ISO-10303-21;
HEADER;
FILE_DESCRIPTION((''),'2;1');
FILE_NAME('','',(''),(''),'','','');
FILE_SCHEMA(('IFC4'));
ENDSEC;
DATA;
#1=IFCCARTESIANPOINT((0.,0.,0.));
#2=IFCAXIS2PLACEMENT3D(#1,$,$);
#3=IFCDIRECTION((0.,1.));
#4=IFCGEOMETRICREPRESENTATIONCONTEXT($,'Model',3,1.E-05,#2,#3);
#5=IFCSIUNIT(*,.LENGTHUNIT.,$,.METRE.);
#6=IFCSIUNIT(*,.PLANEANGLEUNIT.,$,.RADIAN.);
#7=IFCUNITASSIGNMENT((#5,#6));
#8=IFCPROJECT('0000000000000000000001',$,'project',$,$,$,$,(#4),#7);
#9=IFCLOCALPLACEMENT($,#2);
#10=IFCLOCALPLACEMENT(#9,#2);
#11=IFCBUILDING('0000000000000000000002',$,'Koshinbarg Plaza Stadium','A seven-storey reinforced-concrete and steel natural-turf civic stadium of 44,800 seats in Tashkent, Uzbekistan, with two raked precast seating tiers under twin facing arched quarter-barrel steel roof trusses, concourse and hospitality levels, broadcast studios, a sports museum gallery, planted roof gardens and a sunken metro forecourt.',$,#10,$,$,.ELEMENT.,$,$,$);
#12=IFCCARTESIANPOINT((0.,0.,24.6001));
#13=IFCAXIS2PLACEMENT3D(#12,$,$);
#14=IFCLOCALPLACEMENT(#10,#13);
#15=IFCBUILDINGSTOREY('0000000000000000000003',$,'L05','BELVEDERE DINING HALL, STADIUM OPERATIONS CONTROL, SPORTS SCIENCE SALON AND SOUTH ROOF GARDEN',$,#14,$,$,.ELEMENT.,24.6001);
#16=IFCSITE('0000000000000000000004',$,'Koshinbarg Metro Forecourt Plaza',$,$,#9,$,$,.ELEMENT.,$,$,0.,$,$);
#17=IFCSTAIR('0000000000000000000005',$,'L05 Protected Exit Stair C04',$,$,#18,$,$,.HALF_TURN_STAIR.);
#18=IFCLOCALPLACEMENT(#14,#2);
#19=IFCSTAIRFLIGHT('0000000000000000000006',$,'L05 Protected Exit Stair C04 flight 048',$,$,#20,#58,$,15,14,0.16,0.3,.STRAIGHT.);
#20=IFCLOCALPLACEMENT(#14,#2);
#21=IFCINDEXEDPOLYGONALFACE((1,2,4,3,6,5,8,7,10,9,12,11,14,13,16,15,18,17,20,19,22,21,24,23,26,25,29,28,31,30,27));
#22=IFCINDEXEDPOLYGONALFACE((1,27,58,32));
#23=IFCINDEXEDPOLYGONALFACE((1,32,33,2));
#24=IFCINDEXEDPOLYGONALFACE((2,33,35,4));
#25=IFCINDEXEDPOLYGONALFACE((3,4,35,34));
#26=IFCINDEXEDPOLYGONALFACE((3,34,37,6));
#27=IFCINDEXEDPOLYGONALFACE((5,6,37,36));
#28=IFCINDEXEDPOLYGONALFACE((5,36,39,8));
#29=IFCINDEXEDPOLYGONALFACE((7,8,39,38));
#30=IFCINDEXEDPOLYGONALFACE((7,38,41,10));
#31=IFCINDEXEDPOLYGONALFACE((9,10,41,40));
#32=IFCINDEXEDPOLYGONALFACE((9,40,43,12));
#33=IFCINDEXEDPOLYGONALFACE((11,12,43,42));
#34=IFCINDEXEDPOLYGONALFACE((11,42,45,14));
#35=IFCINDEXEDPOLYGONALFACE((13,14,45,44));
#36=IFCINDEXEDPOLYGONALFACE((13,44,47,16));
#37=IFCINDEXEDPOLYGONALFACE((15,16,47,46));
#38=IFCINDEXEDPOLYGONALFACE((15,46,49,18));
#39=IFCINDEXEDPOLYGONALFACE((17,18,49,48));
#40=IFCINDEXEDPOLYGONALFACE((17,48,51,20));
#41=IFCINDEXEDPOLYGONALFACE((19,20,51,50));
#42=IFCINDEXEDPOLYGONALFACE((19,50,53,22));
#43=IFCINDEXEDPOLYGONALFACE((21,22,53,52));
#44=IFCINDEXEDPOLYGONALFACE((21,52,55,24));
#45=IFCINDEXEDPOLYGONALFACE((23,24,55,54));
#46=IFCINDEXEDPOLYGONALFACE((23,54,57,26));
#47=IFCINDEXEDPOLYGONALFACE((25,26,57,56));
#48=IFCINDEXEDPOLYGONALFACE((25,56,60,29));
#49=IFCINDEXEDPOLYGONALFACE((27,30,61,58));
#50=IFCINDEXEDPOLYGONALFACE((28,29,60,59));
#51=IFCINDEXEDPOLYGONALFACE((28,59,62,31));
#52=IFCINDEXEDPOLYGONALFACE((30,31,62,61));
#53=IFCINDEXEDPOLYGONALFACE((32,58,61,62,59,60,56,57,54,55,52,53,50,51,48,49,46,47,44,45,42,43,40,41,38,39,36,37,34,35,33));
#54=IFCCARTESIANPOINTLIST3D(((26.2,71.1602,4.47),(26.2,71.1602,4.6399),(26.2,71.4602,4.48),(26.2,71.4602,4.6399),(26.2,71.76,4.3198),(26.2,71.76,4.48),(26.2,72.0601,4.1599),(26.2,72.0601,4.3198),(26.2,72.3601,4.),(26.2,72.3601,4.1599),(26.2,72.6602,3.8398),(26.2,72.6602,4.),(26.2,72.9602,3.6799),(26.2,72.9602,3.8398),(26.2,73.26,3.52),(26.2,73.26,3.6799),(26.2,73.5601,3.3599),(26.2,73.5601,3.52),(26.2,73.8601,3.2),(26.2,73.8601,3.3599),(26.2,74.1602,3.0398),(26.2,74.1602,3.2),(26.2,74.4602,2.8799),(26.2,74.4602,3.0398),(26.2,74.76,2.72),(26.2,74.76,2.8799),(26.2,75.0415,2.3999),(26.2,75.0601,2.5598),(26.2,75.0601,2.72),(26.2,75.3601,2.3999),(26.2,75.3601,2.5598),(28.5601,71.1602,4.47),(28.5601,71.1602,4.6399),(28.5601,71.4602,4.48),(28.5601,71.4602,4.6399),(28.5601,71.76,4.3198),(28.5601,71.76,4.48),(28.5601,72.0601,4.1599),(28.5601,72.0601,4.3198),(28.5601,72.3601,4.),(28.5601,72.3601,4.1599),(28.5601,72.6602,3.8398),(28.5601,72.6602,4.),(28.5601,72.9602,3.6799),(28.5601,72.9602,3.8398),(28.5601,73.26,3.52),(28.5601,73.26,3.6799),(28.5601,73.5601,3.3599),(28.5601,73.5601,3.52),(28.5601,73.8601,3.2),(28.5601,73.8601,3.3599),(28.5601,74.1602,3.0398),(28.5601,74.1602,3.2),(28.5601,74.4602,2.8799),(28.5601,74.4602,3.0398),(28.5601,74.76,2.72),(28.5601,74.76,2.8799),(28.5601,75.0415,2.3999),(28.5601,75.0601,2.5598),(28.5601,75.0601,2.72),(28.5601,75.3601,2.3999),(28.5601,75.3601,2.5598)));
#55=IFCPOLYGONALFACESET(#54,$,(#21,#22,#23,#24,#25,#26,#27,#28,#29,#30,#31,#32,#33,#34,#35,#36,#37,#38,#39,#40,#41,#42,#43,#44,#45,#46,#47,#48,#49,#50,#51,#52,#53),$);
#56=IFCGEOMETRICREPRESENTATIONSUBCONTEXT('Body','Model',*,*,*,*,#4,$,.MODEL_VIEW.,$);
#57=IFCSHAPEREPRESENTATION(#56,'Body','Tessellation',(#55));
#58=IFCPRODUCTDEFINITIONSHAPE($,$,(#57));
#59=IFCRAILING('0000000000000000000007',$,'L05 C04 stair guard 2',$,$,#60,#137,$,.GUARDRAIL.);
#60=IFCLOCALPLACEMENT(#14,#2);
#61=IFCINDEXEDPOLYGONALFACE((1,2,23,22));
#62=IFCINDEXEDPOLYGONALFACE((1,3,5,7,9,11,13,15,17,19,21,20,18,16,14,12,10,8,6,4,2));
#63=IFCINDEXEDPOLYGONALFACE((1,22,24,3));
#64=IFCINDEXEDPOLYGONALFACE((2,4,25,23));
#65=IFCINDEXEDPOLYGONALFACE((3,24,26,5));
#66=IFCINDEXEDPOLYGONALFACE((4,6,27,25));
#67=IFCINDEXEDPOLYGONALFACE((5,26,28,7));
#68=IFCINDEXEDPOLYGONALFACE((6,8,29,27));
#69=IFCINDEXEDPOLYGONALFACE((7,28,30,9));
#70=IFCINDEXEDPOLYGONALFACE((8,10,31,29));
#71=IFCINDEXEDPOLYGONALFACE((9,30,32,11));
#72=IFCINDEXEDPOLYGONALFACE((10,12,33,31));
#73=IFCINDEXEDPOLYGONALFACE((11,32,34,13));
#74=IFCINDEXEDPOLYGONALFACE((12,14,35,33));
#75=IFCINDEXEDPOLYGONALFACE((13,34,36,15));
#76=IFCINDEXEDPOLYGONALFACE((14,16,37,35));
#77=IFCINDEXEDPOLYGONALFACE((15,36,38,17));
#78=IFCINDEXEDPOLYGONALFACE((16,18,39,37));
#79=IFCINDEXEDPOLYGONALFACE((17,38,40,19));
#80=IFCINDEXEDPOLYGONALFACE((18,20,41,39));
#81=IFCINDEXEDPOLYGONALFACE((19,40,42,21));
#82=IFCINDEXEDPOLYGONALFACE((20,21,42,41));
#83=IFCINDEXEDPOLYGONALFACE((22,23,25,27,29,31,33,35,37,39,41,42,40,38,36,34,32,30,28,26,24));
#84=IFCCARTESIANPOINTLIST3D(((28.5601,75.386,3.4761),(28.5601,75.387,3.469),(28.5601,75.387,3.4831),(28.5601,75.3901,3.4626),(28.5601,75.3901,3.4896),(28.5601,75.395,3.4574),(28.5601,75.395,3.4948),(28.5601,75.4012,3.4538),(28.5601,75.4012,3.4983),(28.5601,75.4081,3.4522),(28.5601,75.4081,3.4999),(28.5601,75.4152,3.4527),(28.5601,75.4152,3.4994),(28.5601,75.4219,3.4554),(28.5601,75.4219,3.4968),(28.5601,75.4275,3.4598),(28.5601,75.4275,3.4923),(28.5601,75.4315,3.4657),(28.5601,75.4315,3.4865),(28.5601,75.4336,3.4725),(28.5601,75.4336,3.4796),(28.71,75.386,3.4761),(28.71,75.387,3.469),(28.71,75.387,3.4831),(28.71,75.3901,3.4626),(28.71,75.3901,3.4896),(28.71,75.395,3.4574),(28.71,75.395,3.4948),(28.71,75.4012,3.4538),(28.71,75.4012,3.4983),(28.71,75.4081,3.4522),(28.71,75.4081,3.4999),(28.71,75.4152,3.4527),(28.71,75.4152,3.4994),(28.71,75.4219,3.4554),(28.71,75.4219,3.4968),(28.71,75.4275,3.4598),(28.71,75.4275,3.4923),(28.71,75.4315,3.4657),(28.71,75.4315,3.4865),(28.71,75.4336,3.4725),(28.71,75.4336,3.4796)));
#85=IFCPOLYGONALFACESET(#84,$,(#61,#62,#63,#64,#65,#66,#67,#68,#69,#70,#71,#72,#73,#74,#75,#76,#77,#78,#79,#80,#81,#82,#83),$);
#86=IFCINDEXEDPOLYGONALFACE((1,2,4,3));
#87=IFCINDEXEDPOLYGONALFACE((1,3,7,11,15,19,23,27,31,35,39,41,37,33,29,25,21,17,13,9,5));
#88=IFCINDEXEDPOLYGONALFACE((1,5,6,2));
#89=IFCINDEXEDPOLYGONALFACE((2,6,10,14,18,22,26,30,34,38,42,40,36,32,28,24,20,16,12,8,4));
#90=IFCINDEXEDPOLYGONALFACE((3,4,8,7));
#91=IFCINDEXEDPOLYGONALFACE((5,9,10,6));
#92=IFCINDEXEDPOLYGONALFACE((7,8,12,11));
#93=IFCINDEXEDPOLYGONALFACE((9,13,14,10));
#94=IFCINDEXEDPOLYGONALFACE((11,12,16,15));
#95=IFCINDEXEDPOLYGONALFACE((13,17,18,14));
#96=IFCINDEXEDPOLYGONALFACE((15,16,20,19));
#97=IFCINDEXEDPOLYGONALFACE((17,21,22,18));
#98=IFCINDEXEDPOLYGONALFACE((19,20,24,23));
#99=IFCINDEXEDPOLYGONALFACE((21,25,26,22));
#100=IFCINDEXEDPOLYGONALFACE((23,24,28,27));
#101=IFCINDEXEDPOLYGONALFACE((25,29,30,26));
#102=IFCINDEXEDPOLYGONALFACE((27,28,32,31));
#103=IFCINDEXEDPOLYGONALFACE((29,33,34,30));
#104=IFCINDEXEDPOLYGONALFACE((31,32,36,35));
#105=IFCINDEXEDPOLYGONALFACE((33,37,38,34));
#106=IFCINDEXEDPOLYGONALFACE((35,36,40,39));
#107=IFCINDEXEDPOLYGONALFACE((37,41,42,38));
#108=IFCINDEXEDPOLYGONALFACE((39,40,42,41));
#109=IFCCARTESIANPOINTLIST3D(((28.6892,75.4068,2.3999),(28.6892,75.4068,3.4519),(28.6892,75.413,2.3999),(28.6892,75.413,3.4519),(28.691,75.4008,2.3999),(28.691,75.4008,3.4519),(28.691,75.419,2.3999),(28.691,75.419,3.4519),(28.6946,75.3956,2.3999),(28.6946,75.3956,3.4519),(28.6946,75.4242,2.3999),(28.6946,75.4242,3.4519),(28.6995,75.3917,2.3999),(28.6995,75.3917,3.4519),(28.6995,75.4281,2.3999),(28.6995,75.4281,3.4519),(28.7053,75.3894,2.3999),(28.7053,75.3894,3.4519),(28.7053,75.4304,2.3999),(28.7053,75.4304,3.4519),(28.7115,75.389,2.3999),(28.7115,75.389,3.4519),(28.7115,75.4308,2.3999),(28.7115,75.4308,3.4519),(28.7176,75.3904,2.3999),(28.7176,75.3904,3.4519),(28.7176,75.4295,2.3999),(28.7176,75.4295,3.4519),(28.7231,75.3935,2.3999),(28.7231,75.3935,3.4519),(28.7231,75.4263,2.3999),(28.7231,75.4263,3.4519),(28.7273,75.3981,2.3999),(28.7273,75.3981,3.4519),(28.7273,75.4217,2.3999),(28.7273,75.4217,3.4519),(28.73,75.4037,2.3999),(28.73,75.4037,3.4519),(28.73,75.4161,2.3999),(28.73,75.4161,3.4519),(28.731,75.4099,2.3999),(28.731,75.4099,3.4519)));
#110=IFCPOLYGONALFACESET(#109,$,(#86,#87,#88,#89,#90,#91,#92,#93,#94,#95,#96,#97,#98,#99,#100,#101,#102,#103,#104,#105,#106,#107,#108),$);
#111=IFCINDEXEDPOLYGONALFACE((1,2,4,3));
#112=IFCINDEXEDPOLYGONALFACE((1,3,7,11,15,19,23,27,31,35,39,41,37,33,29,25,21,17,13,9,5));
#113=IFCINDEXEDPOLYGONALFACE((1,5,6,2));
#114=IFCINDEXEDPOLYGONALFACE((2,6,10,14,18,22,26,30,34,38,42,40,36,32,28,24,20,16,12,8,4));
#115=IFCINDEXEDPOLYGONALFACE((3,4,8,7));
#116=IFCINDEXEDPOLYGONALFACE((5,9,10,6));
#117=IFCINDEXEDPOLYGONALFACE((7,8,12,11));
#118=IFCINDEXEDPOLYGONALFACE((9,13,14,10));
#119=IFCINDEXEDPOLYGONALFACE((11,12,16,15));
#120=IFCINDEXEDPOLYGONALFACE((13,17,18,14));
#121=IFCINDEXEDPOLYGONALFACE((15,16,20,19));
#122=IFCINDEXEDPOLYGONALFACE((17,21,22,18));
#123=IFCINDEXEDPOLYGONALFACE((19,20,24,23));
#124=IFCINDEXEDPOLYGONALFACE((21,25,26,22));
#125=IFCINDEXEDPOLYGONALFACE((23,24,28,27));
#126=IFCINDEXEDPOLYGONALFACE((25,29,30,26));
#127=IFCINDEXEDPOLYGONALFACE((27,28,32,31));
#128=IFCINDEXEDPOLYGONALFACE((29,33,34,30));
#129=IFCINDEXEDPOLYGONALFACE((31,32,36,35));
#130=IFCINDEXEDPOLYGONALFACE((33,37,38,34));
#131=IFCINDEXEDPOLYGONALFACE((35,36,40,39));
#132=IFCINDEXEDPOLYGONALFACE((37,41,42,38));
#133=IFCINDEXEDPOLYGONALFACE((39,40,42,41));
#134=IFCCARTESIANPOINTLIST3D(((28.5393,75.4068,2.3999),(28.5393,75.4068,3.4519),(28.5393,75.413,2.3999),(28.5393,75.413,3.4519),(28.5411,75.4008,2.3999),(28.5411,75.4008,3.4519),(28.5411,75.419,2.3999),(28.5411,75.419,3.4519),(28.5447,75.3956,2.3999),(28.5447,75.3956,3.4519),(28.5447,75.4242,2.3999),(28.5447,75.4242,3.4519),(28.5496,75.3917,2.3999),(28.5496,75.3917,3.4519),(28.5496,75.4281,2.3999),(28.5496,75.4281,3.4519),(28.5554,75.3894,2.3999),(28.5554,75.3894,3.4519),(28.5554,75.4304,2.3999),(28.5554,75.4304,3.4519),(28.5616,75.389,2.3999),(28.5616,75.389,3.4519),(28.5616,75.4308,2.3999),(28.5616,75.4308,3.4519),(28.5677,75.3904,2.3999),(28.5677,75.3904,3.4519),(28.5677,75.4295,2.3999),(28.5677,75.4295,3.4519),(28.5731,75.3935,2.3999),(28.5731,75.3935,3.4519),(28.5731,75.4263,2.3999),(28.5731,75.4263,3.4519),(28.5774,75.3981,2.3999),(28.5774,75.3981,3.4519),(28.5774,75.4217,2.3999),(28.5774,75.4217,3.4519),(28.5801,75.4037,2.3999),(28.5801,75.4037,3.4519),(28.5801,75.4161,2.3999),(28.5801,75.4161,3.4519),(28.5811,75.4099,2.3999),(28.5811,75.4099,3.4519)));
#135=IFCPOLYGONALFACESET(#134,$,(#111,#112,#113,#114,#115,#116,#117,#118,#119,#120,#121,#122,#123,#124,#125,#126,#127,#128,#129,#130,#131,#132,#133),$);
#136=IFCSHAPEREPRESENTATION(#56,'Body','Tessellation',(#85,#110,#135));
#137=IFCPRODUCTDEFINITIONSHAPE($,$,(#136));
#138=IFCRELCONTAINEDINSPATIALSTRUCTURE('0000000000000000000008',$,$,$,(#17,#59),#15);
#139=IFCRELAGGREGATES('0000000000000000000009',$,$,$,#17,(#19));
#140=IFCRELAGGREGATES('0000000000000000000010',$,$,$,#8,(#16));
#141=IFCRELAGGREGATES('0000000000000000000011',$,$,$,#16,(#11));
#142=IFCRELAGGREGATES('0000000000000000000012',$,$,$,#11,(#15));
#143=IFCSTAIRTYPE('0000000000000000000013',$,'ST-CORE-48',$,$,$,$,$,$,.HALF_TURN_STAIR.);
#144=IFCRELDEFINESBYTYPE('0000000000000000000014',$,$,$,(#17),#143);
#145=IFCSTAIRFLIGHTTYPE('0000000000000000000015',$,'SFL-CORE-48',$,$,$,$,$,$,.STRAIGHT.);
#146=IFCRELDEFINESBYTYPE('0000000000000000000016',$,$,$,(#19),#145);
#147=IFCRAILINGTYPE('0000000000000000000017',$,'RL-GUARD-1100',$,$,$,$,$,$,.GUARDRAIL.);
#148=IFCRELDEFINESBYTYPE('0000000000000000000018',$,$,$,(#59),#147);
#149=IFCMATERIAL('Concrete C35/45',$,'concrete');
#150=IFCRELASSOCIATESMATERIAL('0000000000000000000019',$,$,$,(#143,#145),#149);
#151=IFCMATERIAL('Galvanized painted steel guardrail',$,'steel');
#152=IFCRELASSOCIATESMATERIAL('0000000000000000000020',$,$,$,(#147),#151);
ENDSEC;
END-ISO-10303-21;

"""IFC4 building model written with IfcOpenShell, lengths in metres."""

from ifc_helpers import new_model, si_unit, direction, frame, origin, origin_2d, place, context, subcontext, project, spatial, polyline, circle, outline, extrude, material, type_object, element, aggregate, save


model = new_model("IFC4")

# Units and contexts
model_context = context("Model", 3, precision=1e-05, world=origin(), true_north=direction((0.0, 1.0)))
body_context = subcontext(model_context, "Body", "Model", "MODEL_VIEW")
ifc_project = project(units=[si_unit("LENGTHUNIT", "METRE"), si_unit("PLANEANGLEUNIT", "RADIAN")], contexts=[model_context])

# Site, building, storey
site_placement = place(None, origin())
site = spatial("IfcSite", under=ifc_project, at=site_placement, Name="Koshinbarg Metro Forecourt Plaza", CompositionType="ELEMENT", RefElevation=0.0)
building_placement = place(site_placement, origin())
building = spatial("IfcBuilding", under=site, at=building_placement, Name="Koshinbarg Plaza Stadium", Description="A seven-storey reinforced-concrete and steel natural-turf civic stadium of 44,800 seats in Tashkent, Uzbekistan, with two raked precast seating tiers under twin facing arched quarter-barrel steel roof trusses, concourse and hospitality levels, broadcast studios, a sports museum gallery, planted roof gardens and a sunken metro forecourt.", CompositionType="ELEMENT")
storey_placement = place(building_placement, frame((0.0, 0.0, 24.6001)))
storey = spatial("IfcBuildingStorey", under=building, at=storey_placement, Name="L05", Description="BELVEDERE DINING HALL, STADIUM OPERATIONS CONTROL, SPORTS SCIENCE SALON AND SOUTH ROOF GARDEN", CompositionType="ELEMENT", Elevation=24.6001)

# Stair, stair flight
ifc_material_1 = material(Name="Concrete C35/45", Category="concrete")
stair_type = type_object("IfcStairType", Name="ST-CORE-48", PredefinedType="HALF_TURN_STAIR", material=ifc_material_1)
stair_placement = place(storey_placement, origin())
stair = element("IfcStair", 1, at=stair_placement, inside=storey, type_object=stair_type, Name="L05 Protected Exit Stair C04", PredefinedType="HALF_TURN_STAIR")
stair_flight_type = type_object("IfcStairFlightType", Name="SFL-CORE-48", PredefinedType="STRAIGHT", material=ifc_material_1)
stair_flight_placement = place(storey_placement, frame((27.3799, 75.3601, 2.3999), z_axis=(0.0, 0.0, 1.0), x_axis=(0.0, -1.0, 0.0)))
stair_flight = element("IfcStairFlight", 2, at=stair_flight_placement, type_object=stair_flight_type, Name="L05 Protected Exit Stair C04 flight 048", NumberOfRisers=15, NumberOfTreads=14, PredefinedType="STRAIGHT", RiserHeight=0.16, TreadLength=0.3, context=body_context, shape_type="SweptSolid", body=[
    extrude(outline(polyline([(0.0, 0.0), (0.0, 0.1599), (0.3, 0.1599), (0.3, 0.3201), (0.6001, 0.3201), (0.6001, 0.48), (0.8999, 0.48), (0.8999, 0.6399), (1.2, 0.6399), (1.2, 0.8), (1.5, 0.8), (1.5, 0.96), (1.8, 0.96), (1.8, 1.1201), (2.1001, 1.1201), (2.1001, 1.28), (2.3999, 1.28), (2.3999, 1.4399), (2.7, 1.4399), (2.7, 1.6001), (3.0, 1.6001), (3.0, 1.76), (3.3, 1.76), (3.3, 1.9199), (3.6001, 1.9199), (3.6001, 2.0801), (3.8999, 2.0801), (3.8999, 2.24), (4.2, 2.24), (4.2, 2.3999), (4.2, 2.0701), (0.3186, 0.0), (0.0, 0.0)])), frame((0.0, 1.1802, 0.0), z_axis=(0.0, -1.0, 0.0), x_axis=(1.0, 0.0, 0.0)), (0.0, 0.0, 1.0), 2.3601),
])
aggregate(stair, [stair_flight])

# Railing
ifc_material_2 = material(Name="Galvanized painted steel guardrail", Category="steel")
railing_type_1 = type_object("IfcRailingType", Name="RL-GUARD-1100", PredefinedType="GUARDRAIL", material=ifc_material_2)
railing_1_placement = place(storey_placement, frame((28.71, 75.4099, 2.3999)))
element("IfcRailing", 3, at=railing_1_placement, inside=storey, type_object=railing_type_1, Name="L05 C04 stair guard 2", PredefinedType="GUARDRAIL", context=body_context, shape_type="SweptSolid", body=[
    extrude(circle(Radius=0.0239, at=origin_2d()), frame((0.0, 0.0, 1.0762), z_axis=(-1.0, 0.0, 0.0), x_axis=(0.0, -1.0, 0.0)), (0.0, 0.0, 1.0), 0.1499),
    extrude(circle(Radius=0.021, at=origin_2d()), origin(), (0.0, 0.0, 1.0), 1.052),
    extrude(circle(Radius=0.021, at=origin_2d()), frame((-0.1499, 0.0, 0.0)), (0.0, 0.0, 1.0), 1.052),
])

save(model, "model.ifc")
